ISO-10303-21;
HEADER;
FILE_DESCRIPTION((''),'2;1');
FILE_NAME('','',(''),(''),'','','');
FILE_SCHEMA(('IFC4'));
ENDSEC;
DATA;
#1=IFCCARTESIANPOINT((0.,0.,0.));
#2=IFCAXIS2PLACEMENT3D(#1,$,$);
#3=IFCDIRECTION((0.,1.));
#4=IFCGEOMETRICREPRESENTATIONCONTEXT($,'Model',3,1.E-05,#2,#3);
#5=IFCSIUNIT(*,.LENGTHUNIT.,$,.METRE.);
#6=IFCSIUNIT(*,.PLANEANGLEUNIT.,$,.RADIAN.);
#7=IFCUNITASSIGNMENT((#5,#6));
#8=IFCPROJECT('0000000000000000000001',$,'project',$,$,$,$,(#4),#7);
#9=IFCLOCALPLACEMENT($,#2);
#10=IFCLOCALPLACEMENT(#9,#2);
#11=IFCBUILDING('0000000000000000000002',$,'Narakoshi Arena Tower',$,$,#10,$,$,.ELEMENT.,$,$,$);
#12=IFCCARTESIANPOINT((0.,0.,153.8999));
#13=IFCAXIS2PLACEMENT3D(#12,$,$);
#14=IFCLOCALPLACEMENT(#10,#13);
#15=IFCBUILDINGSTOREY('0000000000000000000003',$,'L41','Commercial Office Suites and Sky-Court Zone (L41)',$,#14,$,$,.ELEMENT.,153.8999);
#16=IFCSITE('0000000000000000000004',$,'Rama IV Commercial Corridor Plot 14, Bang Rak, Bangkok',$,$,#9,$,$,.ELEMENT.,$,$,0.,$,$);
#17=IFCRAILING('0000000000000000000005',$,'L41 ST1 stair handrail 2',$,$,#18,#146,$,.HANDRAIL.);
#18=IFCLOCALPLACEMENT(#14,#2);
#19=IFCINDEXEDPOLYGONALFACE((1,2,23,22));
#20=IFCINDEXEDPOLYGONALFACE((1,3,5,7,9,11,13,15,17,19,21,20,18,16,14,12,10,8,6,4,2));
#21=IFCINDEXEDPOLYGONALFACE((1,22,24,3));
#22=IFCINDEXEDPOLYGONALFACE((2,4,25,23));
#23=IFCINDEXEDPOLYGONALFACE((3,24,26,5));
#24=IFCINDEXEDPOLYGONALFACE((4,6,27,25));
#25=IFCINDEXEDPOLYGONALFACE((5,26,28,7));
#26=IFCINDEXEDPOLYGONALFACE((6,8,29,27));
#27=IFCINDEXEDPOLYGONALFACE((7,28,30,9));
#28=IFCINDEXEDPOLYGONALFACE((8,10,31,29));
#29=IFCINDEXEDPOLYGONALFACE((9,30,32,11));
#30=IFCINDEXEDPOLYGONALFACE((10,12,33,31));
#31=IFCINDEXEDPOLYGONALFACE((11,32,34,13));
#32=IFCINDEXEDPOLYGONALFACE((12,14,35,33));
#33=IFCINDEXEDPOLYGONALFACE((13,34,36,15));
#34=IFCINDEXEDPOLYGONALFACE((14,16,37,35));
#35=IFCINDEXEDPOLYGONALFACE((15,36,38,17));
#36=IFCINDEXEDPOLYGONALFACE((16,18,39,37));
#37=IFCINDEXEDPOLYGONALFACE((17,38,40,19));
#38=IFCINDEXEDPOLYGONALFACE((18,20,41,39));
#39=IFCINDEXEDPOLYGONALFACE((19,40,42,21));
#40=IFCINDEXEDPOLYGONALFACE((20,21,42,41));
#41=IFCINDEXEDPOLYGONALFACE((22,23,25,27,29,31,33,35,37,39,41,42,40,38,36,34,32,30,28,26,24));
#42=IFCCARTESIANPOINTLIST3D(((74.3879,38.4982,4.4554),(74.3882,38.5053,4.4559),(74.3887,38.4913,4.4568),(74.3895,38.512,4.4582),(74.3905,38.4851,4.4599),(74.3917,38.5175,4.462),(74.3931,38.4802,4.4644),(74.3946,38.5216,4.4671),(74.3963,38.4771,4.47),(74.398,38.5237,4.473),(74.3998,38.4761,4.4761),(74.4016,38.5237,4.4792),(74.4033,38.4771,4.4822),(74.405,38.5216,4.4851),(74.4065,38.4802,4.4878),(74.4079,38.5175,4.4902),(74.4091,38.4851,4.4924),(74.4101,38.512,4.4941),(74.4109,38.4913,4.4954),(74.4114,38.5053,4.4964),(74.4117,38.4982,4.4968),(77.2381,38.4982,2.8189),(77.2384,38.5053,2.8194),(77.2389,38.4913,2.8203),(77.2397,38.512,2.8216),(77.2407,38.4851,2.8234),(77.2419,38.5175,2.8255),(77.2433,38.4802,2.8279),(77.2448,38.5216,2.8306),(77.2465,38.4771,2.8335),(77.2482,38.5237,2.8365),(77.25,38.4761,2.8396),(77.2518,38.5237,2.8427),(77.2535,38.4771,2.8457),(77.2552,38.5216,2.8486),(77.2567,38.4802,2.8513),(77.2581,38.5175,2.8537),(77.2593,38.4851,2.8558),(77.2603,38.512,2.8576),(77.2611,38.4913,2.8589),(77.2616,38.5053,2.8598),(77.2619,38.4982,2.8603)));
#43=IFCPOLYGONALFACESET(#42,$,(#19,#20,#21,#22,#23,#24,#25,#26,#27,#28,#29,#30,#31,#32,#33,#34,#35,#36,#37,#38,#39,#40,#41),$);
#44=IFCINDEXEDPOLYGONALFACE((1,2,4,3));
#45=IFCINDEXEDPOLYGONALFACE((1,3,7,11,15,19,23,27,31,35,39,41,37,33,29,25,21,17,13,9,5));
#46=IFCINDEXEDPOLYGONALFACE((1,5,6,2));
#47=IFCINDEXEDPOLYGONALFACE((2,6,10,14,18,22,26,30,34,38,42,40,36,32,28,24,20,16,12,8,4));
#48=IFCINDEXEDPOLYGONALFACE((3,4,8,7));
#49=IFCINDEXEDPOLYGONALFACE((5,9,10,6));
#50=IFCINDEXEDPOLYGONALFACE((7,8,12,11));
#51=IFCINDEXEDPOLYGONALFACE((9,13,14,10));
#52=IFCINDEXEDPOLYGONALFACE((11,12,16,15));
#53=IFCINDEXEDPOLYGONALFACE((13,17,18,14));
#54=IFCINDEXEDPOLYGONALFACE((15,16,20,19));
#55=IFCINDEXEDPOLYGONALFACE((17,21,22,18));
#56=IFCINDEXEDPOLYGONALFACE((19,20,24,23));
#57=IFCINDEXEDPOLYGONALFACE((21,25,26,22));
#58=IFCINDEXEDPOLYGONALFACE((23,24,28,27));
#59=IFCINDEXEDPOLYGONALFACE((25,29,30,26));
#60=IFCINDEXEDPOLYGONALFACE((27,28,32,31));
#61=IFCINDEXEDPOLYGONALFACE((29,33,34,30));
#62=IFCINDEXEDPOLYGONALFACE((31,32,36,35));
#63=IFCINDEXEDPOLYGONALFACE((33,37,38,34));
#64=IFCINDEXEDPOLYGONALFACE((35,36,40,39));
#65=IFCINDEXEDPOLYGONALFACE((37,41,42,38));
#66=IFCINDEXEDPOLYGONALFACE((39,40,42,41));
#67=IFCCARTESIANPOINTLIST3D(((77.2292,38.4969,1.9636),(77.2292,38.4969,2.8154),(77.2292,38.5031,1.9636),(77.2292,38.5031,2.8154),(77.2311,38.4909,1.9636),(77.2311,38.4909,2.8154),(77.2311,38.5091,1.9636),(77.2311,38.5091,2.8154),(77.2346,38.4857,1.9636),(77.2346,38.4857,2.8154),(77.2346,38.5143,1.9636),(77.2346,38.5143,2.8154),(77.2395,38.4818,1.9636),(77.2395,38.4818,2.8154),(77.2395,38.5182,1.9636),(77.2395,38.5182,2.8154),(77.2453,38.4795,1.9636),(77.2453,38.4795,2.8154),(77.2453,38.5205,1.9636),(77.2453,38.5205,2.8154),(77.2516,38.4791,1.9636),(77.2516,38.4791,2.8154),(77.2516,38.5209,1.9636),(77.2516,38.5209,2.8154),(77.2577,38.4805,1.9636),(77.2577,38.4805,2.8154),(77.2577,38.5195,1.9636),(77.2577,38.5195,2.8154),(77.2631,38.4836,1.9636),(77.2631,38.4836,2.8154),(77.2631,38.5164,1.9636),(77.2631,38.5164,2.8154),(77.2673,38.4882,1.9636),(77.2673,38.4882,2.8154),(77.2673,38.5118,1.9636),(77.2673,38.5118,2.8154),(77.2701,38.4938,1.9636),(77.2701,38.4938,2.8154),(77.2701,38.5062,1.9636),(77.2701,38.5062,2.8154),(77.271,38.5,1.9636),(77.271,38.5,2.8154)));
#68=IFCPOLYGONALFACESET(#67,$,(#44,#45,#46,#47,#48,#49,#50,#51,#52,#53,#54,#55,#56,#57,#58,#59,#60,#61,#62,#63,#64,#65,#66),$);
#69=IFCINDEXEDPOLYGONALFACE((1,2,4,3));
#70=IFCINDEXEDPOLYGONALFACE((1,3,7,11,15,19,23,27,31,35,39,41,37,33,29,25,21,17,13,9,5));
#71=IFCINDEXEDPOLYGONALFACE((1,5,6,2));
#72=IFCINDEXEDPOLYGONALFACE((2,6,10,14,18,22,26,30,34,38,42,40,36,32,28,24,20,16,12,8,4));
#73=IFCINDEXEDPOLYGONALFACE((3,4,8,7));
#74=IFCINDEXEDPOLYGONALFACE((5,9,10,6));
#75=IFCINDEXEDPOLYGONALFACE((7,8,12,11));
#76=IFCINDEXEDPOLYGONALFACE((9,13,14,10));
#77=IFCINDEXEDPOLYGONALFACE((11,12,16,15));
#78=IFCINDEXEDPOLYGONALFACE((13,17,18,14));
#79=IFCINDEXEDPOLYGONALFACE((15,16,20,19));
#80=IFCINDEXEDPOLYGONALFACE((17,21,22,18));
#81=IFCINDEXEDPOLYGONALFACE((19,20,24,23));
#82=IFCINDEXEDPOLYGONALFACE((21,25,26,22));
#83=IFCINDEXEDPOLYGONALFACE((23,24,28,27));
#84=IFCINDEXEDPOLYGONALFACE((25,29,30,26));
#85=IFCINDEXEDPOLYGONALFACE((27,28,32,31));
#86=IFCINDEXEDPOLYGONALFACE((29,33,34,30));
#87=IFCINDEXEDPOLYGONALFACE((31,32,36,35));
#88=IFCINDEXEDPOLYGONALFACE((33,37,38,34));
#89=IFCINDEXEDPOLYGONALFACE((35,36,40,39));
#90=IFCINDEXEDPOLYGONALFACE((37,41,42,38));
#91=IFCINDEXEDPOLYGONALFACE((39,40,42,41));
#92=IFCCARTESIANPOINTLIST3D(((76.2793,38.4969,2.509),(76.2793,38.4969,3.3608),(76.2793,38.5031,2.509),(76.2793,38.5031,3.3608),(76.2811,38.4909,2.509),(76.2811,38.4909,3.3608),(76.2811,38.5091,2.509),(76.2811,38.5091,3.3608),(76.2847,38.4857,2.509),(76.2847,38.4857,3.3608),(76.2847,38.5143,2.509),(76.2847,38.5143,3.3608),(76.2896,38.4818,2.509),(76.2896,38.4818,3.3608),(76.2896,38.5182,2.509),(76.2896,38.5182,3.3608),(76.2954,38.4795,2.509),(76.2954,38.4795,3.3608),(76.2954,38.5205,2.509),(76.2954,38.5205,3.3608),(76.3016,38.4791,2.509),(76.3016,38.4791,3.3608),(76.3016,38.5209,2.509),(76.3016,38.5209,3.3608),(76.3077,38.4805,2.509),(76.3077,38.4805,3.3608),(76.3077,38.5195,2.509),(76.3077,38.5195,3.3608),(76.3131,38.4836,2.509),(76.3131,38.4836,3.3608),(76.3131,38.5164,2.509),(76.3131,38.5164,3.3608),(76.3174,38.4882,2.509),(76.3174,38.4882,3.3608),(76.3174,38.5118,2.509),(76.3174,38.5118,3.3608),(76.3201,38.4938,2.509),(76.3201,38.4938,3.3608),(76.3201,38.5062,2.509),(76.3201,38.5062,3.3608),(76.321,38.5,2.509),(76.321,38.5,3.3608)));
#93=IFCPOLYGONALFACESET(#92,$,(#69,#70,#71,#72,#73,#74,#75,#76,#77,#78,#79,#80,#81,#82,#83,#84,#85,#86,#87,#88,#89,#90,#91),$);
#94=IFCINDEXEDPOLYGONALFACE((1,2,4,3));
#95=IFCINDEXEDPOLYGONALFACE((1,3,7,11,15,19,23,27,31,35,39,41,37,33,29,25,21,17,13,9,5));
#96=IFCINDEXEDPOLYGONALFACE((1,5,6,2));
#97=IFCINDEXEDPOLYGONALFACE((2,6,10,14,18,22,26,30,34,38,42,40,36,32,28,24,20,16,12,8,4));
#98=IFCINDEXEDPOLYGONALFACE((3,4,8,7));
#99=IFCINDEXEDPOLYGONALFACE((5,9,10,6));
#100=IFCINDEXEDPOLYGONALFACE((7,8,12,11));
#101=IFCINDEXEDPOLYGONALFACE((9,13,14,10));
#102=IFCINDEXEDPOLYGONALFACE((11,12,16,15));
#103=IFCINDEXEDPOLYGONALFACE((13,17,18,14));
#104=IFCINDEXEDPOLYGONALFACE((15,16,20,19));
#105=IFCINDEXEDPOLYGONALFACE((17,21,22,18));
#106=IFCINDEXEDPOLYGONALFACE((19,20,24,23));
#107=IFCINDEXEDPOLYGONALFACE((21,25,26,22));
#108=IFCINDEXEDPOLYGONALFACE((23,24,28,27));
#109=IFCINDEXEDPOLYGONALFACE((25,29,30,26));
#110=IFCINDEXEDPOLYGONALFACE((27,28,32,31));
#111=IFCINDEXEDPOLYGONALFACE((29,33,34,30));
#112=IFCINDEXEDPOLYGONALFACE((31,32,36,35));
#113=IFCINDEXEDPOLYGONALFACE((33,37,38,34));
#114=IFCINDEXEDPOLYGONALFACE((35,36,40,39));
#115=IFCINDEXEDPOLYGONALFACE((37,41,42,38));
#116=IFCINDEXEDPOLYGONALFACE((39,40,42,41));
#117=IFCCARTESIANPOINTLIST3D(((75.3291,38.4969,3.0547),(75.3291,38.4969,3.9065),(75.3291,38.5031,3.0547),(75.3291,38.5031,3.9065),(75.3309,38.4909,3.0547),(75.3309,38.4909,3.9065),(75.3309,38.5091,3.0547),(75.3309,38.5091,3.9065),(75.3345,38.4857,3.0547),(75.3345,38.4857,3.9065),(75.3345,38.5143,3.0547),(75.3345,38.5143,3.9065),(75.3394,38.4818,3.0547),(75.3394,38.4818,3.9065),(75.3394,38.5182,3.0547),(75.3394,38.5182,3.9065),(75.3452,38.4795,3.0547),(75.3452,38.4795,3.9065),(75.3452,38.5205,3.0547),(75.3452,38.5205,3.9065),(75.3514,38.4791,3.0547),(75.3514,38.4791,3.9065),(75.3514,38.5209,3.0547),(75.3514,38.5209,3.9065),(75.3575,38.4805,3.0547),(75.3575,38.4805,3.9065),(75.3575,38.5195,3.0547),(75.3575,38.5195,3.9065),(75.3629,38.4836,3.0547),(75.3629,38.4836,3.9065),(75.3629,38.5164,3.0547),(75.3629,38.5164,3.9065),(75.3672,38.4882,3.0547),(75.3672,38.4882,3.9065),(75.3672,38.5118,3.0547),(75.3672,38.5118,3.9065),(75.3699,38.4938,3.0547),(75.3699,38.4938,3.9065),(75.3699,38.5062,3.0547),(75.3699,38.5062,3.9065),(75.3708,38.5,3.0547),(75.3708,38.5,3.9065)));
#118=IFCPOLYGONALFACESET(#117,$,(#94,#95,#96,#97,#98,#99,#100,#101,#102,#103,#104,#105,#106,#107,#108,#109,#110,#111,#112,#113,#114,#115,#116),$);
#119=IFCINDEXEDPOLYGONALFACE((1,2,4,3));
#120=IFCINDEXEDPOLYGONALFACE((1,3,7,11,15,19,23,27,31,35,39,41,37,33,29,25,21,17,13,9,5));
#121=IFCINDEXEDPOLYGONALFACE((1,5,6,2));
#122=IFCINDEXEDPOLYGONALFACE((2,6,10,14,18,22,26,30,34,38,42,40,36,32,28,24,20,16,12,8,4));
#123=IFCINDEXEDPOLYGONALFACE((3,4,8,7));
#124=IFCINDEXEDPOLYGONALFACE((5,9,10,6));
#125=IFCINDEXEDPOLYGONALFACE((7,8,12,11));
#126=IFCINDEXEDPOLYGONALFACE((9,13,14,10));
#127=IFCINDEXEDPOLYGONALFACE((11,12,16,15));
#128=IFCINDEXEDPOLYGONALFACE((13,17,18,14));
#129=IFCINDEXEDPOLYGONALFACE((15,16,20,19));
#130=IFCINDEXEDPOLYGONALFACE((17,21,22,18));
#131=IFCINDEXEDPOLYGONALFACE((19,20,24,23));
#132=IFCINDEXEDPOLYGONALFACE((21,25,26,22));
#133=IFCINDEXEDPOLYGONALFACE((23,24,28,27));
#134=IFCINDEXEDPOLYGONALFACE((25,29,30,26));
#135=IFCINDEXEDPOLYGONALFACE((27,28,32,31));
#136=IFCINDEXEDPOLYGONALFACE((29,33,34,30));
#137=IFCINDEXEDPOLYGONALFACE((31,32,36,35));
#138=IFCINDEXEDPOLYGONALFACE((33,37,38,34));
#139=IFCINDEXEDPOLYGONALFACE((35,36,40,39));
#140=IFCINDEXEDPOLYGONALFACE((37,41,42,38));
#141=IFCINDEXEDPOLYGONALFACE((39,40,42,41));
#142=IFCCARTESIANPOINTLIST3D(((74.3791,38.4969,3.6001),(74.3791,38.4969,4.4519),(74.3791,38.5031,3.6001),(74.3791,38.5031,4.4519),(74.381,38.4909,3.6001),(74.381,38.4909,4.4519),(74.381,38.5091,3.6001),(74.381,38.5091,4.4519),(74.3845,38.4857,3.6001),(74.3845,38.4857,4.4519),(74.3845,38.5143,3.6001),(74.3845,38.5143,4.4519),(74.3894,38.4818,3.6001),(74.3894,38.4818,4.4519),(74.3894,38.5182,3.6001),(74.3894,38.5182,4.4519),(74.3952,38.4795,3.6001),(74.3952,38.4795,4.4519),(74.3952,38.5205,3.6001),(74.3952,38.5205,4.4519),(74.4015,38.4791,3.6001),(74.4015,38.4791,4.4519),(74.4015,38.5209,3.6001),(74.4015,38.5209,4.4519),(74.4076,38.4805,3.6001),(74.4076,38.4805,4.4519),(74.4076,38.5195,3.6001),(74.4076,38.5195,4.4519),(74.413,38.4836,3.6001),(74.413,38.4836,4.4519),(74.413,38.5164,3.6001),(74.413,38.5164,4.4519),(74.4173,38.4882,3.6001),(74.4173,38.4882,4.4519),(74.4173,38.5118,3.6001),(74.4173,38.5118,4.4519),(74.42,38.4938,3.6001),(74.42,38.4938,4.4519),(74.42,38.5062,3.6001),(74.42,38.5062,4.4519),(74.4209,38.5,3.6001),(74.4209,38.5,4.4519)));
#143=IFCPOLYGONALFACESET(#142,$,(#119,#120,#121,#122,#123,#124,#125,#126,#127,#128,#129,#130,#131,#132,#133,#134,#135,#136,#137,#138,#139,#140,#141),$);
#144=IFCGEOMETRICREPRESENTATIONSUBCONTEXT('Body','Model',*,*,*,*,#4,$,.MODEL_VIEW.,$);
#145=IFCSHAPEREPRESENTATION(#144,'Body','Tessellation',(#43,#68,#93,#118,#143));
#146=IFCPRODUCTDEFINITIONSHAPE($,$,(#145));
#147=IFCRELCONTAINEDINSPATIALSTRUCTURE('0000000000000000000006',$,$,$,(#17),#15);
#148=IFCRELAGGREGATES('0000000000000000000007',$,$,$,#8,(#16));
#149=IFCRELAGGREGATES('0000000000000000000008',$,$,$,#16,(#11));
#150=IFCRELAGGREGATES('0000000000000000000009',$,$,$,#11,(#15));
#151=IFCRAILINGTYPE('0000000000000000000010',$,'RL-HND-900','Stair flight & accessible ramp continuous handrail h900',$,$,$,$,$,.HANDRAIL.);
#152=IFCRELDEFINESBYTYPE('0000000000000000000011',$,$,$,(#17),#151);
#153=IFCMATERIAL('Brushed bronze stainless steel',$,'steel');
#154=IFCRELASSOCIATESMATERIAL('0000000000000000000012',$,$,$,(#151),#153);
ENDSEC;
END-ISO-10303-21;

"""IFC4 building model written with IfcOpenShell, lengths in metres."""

from ifc_helpers import new_model, si_unit, direction, frame, origin, origin_2d, place, context, subcontext, project, spatial, circle, extrude, material, type_object, element, save


model = new_model("IFC4")

# Units and contexts
model_context = context("Model", 3, precision=1e-05, world=origin(), true_north=direction((0.0, 1.0)))
body_context = subcontext(model_context, "Body", "Model", "MODEL_VIEW")
ifc_project = project(units=[si_unit("LENGTHUNIT", "METRE"), si_unit("PLANEANGLEUNIT", "RADIAN")], contexts=[model_context])

# Site, building, storey
site_placement = place(None, origin())
site = spatial("IfcSite", under=ifc_project, at=site_placement, Name="Rama IV Commercial Corridor Plot 14, Bang Rak, Bangkok", CompositionType="ELEMENT", RefElevation=0.0)
building_placement = place(site_placement, origin())
building = spatial("IfcBuilding", under=site, at=building_placement, Name="Narakoshi Arena Tower", CompositionType="ELEMENT")
storey_placement = place(building_placement, frame((0.0, 0.0, 153.8999)))
storey = spatial("IfcBuildingStorey", under=building, at=storey_placement, Name="L41", Description="Commercial Office Suites and Sky-Court Zone (L41)", CompositionType="ELEMENT", Elevation=153.8999)

# Railing
ifc_material_1 = material(Name="Brushed bronze stainless steel", Category="steel")
railing_type_1 = type_object("IfcRailingType", Name="RL-HND-900", Description="Stair flight & accessible ramp continuous handrail h900", PredefinedType="HANDRAIL", material=ifc_material_1)
railing_1_placement = place(storey_placement, frame((77.25, 38.5, 1.9636)))
element("IfcRailing", 1, at=railing_1_placement, inside=storey, type_object=railing_type_1, Name="L41 ST1 stair handrail 2", PredefinedType="HANDRAIL", context=body_context, shape_type="SweptSolid", body=[
    extrude(circle(Radius=0.0239, at=origin_2d()), frame((0.0, 0.0, 0.876), z_axis=(-0.867213, 0.0, 0.497938), x_axis=(0.0, -1.0, 0.0)), (0.0, 0.0, 1.0), 3.2866),
    extrude(circle(Radius=0.021, at=origin_2d()), origin(), (0.0, 0.0, 1.0), 0.8518),
    extrude(circle(Radius=0.021, at=origin_2d()), frame((-0.95, 0.0, 0.5454)), (0.0, 0.0, 1.0), 0.8518),
    extrude(circle(Radius=0.021, at=origin_2d()), frame((-1.9001, 0.0, 1.0911)), (0.0, 0.0, 1.0), 0.8518),
    extrude(circle(Radius=0.021, at=origin_2d()), frame((-2.8501, 0.0, 1.6365)), (0.0, 0.0, 1.0), 0.8518),
])

save(model, "model.ifc")
